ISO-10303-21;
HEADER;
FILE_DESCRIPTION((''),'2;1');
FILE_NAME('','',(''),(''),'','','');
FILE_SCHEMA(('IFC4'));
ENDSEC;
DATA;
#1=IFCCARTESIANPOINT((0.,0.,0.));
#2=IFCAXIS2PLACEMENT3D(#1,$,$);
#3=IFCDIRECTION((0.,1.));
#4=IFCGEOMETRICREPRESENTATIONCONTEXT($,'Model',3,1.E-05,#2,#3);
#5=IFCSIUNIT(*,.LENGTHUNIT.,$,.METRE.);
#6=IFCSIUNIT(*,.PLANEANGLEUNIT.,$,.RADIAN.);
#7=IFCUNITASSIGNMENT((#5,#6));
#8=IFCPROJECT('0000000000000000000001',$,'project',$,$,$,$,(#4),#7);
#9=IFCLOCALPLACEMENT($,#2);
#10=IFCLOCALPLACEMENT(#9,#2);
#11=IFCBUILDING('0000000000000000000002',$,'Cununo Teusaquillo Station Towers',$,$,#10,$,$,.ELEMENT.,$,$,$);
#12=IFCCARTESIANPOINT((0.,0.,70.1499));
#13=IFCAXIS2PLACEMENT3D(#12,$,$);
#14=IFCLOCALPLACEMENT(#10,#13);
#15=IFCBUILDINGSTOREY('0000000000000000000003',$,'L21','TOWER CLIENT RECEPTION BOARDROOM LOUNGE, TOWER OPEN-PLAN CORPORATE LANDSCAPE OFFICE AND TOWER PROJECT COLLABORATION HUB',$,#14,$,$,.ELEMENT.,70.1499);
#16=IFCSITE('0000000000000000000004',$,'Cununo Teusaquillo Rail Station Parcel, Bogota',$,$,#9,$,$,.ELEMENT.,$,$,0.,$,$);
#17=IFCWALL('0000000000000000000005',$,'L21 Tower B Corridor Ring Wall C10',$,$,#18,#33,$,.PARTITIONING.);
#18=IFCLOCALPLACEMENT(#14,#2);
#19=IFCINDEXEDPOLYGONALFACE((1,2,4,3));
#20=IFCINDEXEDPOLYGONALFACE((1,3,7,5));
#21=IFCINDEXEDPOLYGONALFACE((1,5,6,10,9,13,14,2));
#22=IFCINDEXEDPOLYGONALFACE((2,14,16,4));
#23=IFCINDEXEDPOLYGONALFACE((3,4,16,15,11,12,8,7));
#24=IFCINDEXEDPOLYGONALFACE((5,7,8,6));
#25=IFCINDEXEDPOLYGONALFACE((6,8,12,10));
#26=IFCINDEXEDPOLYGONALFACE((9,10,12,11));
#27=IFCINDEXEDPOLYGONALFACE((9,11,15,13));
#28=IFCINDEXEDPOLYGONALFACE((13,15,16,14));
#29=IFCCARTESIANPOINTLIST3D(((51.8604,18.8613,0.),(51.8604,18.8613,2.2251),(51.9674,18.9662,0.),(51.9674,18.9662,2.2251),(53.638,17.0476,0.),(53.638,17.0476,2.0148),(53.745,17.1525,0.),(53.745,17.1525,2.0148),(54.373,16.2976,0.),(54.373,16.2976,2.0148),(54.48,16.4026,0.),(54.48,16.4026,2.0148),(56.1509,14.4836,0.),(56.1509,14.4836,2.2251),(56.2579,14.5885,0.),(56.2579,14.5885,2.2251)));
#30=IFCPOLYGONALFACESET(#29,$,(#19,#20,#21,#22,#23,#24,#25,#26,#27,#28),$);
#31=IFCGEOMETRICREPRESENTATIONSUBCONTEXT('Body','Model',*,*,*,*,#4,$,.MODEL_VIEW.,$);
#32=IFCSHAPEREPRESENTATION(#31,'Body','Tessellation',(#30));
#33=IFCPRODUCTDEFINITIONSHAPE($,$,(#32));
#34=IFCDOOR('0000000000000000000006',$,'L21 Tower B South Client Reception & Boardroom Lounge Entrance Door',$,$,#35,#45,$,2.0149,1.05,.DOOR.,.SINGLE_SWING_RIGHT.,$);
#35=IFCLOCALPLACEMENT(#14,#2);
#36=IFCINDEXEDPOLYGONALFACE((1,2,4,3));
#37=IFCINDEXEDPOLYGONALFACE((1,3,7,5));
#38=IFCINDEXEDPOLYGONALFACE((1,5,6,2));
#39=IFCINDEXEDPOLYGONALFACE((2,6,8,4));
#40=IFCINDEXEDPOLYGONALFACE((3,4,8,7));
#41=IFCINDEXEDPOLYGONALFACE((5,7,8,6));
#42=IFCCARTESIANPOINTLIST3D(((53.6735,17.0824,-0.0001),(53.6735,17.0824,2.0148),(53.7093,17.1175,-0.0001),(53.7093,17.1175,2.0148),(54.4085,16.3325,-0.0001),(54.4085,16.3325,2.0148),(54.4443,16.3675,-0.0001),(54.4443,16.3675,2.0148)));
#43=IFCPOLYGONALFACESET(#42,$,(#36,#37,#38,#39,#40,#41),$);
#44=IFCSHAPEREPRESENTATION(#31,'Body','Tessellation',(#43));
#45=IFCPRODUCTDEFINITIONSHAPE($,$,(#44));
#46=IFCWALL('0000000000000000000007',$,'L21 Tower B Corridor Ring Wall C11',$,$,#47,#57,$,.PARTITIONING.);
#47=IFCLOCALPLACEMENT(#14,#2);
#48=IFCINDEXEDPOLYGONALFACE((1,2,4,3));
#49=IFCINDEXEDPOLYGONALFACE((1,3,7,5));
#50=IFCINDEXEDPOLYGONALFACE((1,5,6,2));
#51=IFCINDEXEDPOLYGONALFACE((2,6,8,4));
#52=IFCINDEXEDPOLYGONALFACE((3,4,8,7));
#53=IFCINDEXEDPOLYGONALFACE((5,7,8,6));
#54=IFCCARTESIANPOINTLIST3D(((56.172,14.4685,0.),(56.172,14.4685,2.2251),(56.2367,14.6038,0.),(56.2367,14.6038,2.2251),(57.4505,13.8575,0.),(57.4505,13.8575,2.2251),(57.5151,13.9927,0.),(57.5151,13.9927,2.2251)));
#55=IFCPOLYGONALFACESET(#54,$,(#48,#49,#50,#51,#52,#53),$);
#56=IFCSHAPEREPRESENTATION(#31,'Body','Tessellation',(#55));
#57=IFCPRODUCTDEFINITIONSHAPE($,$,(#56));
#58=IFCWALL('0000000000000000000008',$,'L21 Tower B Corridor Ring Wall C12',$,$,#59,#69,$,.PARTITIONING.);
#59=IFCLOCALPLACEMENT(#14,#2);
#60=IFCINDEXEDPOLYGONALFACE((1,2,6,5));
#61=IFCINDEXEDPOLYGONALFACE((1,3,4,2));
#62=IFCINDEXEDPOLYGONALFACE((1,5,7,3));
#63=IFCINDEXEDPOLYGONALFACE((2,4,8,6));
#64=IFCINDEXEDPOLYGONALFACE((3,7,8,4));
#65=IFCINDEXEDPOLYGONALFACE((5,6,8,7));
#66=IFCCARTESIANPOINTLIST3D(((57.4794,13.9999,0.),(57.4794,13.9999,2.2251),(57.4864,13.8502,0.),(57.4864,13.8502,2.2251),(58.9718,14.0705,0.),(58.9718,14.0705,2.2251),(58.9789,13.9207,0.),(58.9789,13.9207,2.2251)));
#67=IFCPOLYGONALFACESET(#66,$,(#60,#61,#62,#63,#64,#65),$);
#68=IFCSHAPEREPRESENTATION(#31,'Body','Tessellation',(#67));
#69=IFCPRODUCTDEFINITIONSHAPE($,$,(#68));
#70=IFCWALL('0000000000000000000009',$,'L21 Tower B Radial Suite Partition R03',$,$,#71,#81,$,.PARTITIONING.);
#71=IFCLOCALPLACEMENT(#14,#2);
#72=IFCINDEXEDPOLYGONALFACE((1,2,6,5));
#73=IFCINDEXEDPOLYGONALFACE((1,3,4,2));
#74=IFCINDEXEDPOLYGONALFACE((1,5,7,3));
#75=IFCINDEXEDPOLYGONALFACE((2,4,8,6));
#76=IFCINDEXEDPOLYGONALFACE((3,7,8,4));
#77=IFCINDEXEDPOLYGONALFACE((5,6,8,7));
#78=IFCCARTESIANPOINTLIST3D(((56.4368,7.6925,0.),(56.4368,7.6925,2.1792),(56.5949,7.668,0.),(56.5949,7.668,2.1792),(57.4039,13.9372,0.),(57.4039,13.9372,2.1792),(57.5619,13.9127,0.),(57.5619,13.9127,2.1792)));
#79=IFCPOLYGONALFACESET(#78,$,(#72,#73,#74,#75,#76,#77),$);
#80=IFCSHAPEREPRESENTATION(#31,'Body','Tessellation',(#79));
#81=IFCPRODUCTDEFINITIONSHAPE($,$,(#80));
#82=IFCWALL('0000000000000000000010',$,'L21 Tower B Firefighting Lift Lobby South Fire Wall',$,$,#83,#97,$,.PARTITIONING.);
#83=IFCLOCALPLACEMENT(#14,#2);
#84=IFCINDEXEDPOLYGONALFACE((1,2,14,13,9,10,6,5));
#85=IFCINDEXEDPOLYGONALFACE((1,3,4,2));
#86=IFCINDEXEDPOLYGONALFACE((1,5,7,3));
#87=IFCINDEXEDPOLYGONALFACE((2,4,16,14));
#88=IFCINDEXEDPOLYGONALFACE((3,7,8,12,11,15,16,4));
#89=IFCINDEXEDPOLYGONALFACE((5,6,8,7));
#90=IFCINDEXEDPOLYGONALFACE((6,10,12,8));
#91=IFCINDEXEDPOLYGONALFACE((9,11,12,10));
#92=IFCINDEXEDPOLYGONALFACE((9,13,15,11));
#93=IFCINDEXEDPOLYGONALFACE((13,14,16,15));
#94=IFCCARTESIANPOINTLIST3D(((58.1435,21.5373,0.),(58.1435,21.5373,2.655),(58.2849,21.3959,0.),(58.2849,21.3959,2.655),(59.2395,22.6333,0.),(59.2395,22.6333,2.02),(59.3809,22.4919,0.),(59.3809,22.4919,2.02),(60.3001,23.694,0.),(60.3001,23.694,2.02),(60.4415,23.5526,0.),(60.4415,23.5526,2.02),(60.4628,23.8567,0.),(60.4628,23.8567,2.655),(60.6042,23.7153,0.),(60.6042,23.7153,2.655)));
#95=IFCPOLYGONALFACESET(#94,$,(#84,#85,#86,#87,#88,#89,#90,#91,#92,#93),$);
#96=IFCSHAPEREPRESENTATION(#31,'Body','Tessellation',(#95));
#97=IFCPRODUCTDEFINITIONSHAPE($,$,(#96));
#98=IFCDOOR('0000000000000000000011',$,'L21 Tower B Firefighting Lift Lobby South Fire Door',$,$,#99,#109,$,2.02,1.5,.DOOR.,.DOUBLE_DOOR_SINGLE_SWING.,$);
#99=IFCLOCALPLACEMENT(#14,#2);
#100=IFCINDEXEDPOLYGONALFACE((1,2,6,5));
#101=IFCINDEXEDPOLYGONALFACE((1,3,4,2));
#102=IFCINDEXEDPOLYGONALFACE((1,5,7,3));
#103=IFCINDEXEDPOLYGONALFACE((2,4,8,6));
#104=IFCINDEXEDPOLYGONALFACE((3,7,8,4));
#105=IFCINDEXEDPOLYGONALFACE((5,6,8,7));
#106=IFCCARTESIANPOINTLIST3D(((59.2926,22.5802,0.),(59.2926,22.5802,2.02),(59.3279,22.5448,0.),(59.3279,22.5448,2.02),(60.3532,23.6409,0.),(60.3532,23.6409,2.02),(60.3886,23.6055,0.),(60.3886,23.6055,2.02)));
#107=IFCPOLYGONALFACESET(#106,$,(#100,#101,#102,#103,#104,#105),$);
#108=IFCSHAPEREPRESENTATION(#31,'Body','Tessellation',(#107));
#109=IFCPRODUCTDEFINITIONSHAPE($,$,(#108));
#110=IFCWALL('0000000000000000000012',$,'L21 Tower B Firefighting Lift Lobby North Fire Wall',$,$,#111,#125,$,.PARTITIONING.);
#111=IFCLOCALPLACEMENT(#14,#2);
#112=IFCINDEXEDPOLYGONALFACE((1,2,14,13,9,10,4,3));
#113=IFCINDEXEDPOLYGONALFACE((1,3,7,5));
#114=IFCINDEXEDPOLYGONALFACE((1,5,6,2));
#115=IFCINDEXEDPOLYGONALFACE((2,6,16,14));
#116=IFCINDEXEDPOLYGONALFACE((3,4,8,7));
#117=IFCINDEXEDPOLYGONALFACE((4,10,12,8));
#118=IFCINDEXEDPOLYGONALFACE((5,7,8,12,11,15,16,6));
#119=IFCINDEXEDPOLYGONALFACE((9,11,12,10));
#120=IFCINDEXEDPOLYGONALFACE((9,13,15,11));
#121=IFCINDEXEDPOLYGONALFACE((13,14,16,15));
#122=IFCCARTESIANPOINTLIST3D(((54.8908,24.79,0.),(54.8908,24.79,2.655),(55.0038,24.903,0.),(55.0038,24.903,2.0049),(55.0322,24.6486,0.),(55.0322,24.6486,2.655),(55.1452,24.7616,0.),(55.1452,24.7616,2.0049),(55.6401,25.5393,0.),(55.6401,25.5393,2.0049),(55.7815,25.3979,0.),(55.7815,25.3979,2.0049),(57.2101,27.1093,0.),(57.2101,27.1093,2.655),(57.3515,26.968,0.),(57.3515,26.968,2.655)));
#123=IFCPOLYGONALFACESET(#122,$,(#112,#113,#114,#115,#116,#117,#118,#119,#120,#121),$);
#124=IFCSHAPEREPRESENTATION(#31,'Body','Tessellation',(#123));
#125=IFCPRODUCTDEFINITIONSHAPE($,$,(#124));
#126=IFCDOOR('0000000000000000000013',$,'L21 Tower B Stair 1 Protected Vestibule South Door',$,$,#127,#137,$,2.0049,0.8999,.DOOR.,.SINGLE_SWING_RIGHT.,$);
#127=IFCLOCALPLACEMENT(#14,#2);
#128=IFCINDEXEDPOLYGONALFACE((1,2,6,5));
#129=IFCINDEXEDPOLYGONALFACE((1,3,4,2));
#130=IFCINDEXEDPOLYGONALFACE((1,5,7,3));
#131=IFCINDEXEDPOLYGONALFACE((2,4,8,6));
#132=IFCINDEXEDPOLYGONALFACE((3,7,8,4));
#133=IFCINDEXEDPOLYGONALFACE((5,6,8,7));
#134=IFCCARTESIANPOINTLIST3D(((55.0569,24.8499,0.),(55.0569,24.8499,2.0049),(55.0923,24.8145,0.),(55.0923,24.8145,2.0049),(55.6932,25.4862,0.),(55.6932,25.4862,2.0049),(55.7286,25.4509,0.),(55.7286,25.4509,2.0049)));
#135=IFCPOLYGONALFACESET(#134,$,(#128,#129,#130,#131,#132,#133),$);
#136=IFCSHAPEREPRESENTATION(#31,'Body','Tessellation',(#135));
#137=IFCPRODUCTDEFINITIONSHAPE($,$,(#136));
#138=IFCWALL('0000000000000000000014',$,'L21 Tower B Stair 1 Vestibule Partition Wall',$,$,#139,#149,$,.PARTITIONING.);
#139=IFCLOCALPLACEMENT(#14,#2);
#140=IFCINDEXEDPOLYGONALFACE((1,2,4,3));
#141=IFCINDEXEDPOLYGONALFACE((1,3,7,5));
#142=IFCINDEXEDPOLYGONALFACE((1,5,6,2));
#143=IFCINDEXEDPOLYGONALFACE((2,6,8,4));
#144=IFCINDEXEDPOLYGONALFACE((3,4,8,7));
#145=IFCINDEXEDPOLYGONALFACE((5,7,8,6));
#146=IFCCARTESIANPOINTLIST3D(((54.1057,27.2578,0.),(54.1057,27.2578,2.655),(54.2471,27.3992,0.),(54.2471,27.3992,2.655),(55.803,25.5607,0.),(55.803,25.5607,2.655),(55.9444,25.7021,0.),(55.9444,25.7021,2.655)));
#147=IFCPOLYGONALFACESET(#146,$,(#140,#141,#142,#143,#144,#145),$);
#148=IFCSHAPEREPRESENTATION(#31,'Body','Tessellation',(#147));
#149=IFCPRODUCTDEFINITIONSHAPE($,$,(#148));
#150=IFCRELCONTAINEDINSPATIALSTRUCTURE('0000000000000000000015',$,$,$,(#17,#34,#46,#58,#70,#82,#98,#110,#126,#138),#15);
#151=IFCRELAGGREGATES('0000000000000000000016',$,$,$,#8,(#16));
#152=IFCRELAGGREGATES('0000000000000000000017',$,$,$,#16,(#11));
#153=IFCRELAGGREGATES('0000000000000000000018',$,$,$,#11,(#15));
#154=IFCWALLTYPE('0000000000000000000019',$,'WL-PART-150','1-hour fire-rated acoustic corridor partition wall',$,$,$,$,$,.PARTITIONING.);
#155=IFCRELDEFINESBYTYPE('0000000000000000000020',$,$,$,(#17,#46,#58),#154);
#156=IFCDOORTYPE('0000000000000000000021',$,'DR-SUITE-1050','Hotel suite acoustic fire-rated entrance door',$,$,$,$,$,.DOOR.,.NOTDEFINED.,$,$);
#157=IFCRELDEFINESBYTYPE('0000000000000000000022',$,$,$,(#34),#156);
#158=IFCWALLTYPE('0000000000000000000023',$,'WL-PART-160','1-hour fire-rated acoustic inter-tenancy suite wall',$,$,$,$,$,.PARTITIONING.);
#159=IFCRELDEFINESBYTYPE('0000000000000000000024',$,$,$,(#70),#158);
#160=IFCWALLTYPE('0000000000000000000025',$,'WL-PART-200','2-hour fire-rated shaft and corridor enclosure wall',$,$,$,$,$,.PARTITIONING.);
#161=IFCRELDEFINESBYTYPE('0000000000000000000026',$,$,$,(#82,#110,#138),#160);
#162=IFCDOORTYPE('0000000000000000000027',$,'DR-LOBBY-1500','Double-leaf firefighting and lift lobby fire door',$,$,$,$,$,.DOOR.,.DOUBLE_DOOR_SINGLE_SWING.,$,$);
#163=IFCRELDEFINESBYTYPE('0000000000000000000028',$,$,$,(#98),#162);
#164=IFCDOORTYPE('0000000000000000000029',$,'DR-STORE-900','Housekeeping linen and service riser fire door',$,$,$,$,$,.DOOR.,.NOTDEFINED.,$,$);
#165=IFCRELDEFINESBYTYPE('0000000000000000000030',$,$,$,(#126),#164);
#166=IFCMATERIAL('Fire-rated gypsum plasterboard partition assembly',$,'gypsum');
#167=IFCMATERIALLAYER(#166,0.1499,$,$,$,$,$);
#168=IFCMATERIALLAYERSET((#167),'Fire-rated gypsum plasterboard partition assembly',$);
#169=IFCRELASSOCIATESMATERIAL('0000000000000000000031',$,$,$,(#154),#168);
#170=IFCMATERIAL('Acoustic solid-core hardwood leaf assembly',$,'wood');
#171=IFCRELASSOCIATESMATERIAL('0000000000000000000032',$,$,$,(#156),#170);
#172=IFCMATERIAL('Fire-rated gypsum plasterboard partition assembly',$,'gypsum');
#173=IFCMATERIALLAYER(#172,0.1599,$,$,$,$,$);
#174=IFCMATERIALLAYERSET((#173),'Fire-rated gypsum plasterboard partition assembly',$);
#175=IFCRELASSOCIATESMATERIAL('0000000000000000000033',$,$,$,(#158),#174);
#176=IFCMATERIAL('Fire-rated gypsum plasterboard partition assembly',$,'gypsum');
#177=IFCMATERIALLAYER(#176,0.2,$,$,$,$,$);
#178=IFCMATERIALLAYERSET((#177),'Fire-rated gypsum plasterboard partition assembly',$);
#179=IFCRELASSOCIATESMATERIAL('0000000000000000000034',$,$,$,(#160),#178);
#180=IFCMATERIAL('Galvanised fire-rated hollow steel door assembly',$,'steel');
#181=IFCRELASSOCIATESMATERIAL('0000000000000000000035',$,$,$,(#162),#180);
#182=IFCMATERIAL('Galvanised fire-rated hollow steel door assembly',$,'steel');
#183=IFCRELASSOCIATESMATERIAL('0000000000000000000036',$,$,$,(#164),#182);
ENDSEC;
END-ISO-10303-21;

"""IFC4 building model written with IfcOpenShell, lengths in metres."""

from ifc_helpers import new_model, si_unit, direction, frame, frame_2d, origin, place, context, subcontext, project, spatial, rectangle, extrude, source, transform, mapped, material, layer, layer_set, type_object, element, fill, save


model = new_model("IFC4")

# Units and contexts
model_context = context("Model", 3, precision=1e-05, world=origin(), true_north=direction((0.0, 1.0)))
body_context = subcontext(model_context, "Body", "Model", "MODEL_VIEW")
ifc_project = project(units=[si_unit("LENGTHUNIT", "METRE"), si_unit("PLANEANGLEUNIT", "RADIAN")], contexts=[model_context])

# Site, building, storey
site_placement = place(None, origin())
site = spatial("IfcSite", under=ifc_project, at=site_placement, Name="Cununo Teusaquillo Rail Station Parcel, Bogota", CompositionType="ELEMENT", RefElevation=0.0)
building_placement = place(site_placement, origin())
building = spatial("IfcBuilding", under=site, at=building_placement, Name="Cununo Teusaquillo Station Towers", CompositionType="ELEMENT")
storey_placement = place(building_placement, frame((0.0, 0.0, 70.1499)))
storey = spatial("IfcBuildingStorey", under=building, at=storey_placement, Name="L21", Description="TOWER CLIENT RECEPTION BOARDROOM LOUNGE, TOWER OPEN-PLAN CORPORATE LANDSCAPE OFFICE AND TOWER PROJECT COLLABORATION HUB", CompositionType="ELEMENT", Elevation=70.1499)

# Wall, opening, door
ifc_material_1 = material(Name="Fire-rated gypsum plasterboard partition assembly", Category="gypsum")
ifc_layer_1 = layer(ifc_material_1, 0.1499)
ifc_layer_set_1 = layer_set([ifc_layer_1], Name="Fire-rated gypsum plasterboard partition assembly")
wall_type_1 = type_object("IfcWallType", Name="WL-PART-150", Description="1-hour fire-rated acoustic corridor partition wall", PredefinedType="PARTITIONING", material=ifc_layer_set_1)
wall_1_placement = place(storey_placement, frame((51.9138, 18.9138, 0.0), z_axis=(0.0, 0.0, 1.0), x_axis=(0.699961, -0.714181, 0.0)))
wall_1 = element("IfcWall", 1, at=wall_1_placement, inside=storey, type_object=wall_type_1, Name="L21 Tower B Corridor Ring Wall C10", PredefinedType="PARTITIONING", context=body_context, shape_type="SweptSolid", body=[
    extrude(rectangle(XDim=6.1296, YDim=0.1499, at=frame_2d((3.0649, 0.0))), origin(), (0.0, 0.0, 1.0), 2.2251),
])
shared_shape_1 = source(origin(), body_context, "Body", "SweptSolid", [
    extrude(rectangle(XDim=1.05, YDim=2.0149, at=frame_2d((0.5249, 1.0073))), frame((0.0, 0.085, 0.0), z_axis=(0.0, -1.0, 0.0), x_axis=(1.0, 0.0, 0.0)), (0.0, 0.0, 1.0), 0.1699),
])
opening_1_placement = place(wall_1_placement, frame((2.5398, 0.0, 0.0)))
opening_1 = element("IfcOpeningElement", 2, at=opening_1_placement, cuts=wall_1, PredefinedType="OPENING", context=body_context, shape_type="MappedRepresentation", body=[
    mapped(shared_shape_1, transform((0.0, 0.0, 0.0), x_axis=(1.0, 0.0, 0.0), y_axis=(0.0, 1.0, 0.0), z_axis=(0.0, 0.0, 1.0), scale=1.0)),
])
ifc_material_2 = material(Name="Acoustic solid-core hardwood leaf assembly", Category="wood")
door_type_1 = type_object("IfcDoorType", Name="DR-SUITE-1050", Description="Hotel suite acoustic fire-rated entrance door", OperationType="NOTDEFINED", PredefinedType="DOOR", material=ifc_material_2)
shared_shape_2 = source(origin(), body_context, "Body", "SweptSolid", [
    extrude(rectangle(XDim=1.05, YDim=2.0149, at=frame_2d((0.5249, 1.0073))), frame((0.0, 0.0249, 0.0), z_axis=(0.0, -1.0, 0.0), x_axis=(1.0, 0.0, 0.0)), (0.0, 0.0, 1.0), 0.05),
])
door_1_placement = place(opening_1_placement, origin())
door_1 = element("IfcDoor", 3, at=door_1_placement, inside=storey, type_object=door_type_1, Name="L21 Tower B South Client Reception & Boardroom Lounge Entrance Door", OperationType="SINGLE_SWING_RIGHT", OverallHeight=2.0149, OverallWidth=1.05, PredefinedType="DOOR", context=body_context, shape_type="MappedRepresentation", body=[
    mapped(shared_shape_2, transform((0.0, 0.0, 0.0), x_axis=(1.0, 0.0, 0.0), y_axis=(0.0, 1.0, 0.0), z_axis=(0.0, 0.0, 1.0), scale=1.0)),
])
fill(opening_1, door_1)

# Walls
wall_2_placement = place(storey_placement, frame((56.2043, 14.5361, 0.0), z_axis=(0.0, 0.0, 1.0), x_axis=(0.902245, -0.431224, 0.0)))
element("IfcWall", 4, at=wall_2_placement, inside=storey, type_object=wall_type_1, Name="L21 Tower B Corridor Ring Wall C11", PredefinedType="PARTITIONING", context=body_context, shape_type="SweptSolid", body=[
    extrude(rectangle(XDim=1.417, YDim=0.1499, at=frame_2d((0.7085, 0.0))), origin(), (0.0, 0.0, 1.0), 2.2251),
])
wall_3_placement = place(storey_placement, frame((57.4829, 13.925, 0.0), z_axis=(0.0, 0.0, 1.0), x_axis=(0.998884, 0.047224, 0.0)))
element("IfcWall", 5, at=wall_3_placement, inside=storey, type_object=wall_type_1, Name="L21 Tower B Corridor Ring Wall C12", PredefinedType="PARTITIONING", context=body_context, shape_type="SweptSolid", body=[
    extrude(rectangle(XDim=1.4941, YDim=0.1499, at=frame_2d((0.7471, 0.0))), origin(), (0.0, 0.0, 1.0), 2.2251),
])
ifc_material_3 = material(Name="Fire-rated gypsum plasterboard partition assembly", Category="gypsum")
ifc_layer_2 = layer(ifc_material_3, 0.1599)
ifc_layer_set_2 = layer_set([ifc_layer_2], Name="Fire-rated gypsum plasterboard partition assembly")
wall_type_2 = type_object("IfcWallType", Name="WL-PART-160", Description="1-hour fire-rated acoustic inter-tenancy suite wall", PredefinedType="PARTITIONING", material=ifc_layer_set_2)
wall_4_placement = place(storey_placement, frame((57.4829, 13.925, 0.0), z_axis=(0.0, 0.0, 1.0), x_axis=(-0.153036, -0.988221, 0.0)))
element("IfcWall", 6, at=wall_4_placement, inside=storey, type_object=wall_type_2, Name="L21 Tower B Radial Suite Partition R03", PredefinedType="PARTITIONING", context=body_context, shape_type="SweptSolid", body=[
    extrude(rectangle(XDim=6.3191, YDim=0.1599, at=frame_2d((3.1597, 0.0))), origin(), (0.0, 0.0, 1.0), 2.1792),
])

# Walls, openings, doors
ifc_material_4 = material(Name="Fire-rated gypsum plasterboard partition assembly", Category="gypsum")
ifc_layer_3 = layer(ifc_material_4, 0.2)
ifc_layer_set_3 = layer_set([ifc_layer_3], Name="Fire-rated gypsum plasterboard partition assembly")
wall_type_3 = type_object("IfcWallType", Name="WL-PART-200", Description="2-hour fire-rated shaft and corridor enclosure wall", PredefinedType="PARTITIONING", material=ifc_layer_set_3)
wall_5_placement = place(storey_placement, frame((58.2141, 21.4666, 0.0), z_axis=(0.0, 0.0, 1.0), x_axis=(0.707107, 0.707107, 0.0)))
wall_5 = element("IfcWall", 7, at=wall_5_placement, inside=storey, type_object=wall_type_3, Name="L21 Tower B Firefighting Lift Lobby South Fire Wall", PredefinedType="PARTITIONING", context=body_context, shape_type="SweptSolid", body=[
    extrude(rectangle(XDim=3.28, YDim=0.2, at=frame_2d((1.6401, 0.0))), origin(), (0.0, 0.0, 1.0), 2.655),
])
shared_shape_3 = source(origin(), body_context, "Body", "SweptSolid", [
    extrude(rectangle(XDim=1.5, YDim=2.02, at=frame_2d((0.75, 1.01))), frame((0.0, 0.1099, 0.0), z_axis=(0.0, -1.0, 0.0), x_axis=(1.0, 0.0, 0.0)), (0.0, 0.0, 1.0), 0.22),
])
opening_2_placement = place(wall_5_placement, frame((1.55, 0.0, 0.0)))
opening_2 = element("IfcOpeningElement", 8, at=opening_2_placement, cuts=wall_5, PredefinedType="OPENING", context=body_context, shape_type="MappedRepresentation", body=[
    mapped(shared_shape_3, transform((0.0, 0.0, 0.0), x_axis=(1.0, 0.0, 0.0), y_axis=(0.0, 1.0, 0.0), z_axis=(0.0, 0.0, 1.0), scale=1.0)),
])
ifc_material_5 = material(Name="Galvanised fire-rated hollow steel door assembly", Category="steel")
door_type_2 = type_object("IfcDoorType", Name="DR-LOBBY-1500", Description="Double-leaf firefighting and lift lobby fire door", OperationType="DOUBLE_DOOR_SINGLE_SWING", PredefinedType="DOOR", material=ifc_material_5)
shared_shape_4 = source(origin(), body_context, "Body", "SweptSolid", [
    extrude(rectangle(XDim=1.5, YDim=2.02, at=frame_2d((0.75, 1.01))), frame((0.0, 0.0249, 0.0), z_axis=(0.0, -1.0, 0.0), x_axis=(1.0, 0.0, 0.0)), (0.0, 0.0, 1.0), 0.05),
])
door_2_placement = place(opening_2_placement, origin())
door_2 = element("IfcDoor", 9, at=door_2_placement, inside=storey, type_object=door_type_2, Name="L21 Tower B Firefighting Lift Lobby South Fire Door", OperationType="DOUBLE_DOOR_SINGLE_SWING", OverallHeight=2.02, OverallWidth=1.5, PredefinedType="DOOR", context=body_context, shape_type="MappedRepresentation", body=[
    mapped(shared_shape_4, transform((0.0, 0.0, 0.0), x_axis=(1.0, 0.0, 0.0), y_axis=(0.0, 1.0, 0.0), z_axis=(0.0, 0.0, 1.0), scale=1.0)),
])
fill(opening_2, door_2)
wall_6_placement = place(storey_placement, frame((54.9614, 24.7192, 0.0), z_axis=(0.0, 0.0, 1.0), x_axis=(0.707107, 0.707107, 0.0)))
wall_6 = element("IfcWall", 10, at=wall_6_placement, inside=storey, type_object=wall_type_3, Name="L21 Tower B Firefighting Lift Lobby North Fire Wall", PredefinedType="PARTITIONING", context=body_context, shape_type="SweptSolid", body=[
    extrude(rectangle(XDim=3.28, YDim=0.2, at=frame_2d((1.6401, 0.0))), origin(), (0.0, 0.0, 1.0), 2.655),
])
shared_shape_5 = source(origin(), body_context, "Body", "SweptSolid", [
    extrude(rectangle(XDim=0.8999, YDim=2.0049, at=frame_2d((0.45, 1.0024))), frame((0.0, 0.1099, 0.0), z_axis=(0.0, -1.0, 0.0), x_axis=(1.0, 0.0, 0.0)), (0.0, 0.0, 1.0), 0.22),
])
opening_3_placement = place(wall_6_placement, frame((0.1599, 0.0, 0.0)))
opening_3 = element("IfcOpeningElement", 11, at=opening_3_placement, cuts=wall_6, PredefinedType="OPENING", context=body_context, shape_type="MappedRepresentation", body=[
    mapped(shared_shape_5, transform((0.0, 0.0, 0.0), x_axis=(1.0, 0.0, 0.0), y_axis=(0.0, 1.0, 0.0), z_axis=(0.0, 0.0, 1.0), scale=1.0)),
])
ifc_material_6 = material(Name="Galvanised fire-rated hollow steel door assembly", Category="steel")
door_type_3 = type_object("IfcDoorType", Name="DR-STORE-900", Description="Housekeeping linen and service riser fire door", OperationType="NOTDEFINED", PredefinedType="DOOR", material=ifc_material_6)
shared_shape_6 = source(origin(), body_context, "Body", "SweptSolid", [
    extrude(rectangle(XDim=0.8999, YDim=2.0049, at=frame_2d((0.45, 1.0024))), frame((0.0, 0.0249, 0.0), z_axis=(0.0, -1.0, 0.0), x_axis=(1.0, 0.0, 0.0)), (0.0, 0.0, 1.0), 0.05),
])
door_3_placement = place(opening_3_placement, origin())
door_3 = element("IfcDoor", 12, at=door_3_placement, inside=storey, type_object=door_type_3, Name="L21 Tower B Stair 1 Protected Vestibule South Door", OperationType="SINGLE_SWING_RIGHT", OverallHeight=2.0049, OverallWidth=0.8999, PredefinedType="DOOR", context=body_context, shape_type="MappedRepresentation", body=[
    mapped(shared_shape_6, transform((0.0, 0.0, 0.0), x_axis=(1.0, 0.0, 0.0), y_axis=(0.0, 1.0, 0.0), z_axis=(0.0, 0.0, 1.0), scale=1.0)),
])
fill(opening_3, door_3)

# Wall
wall_7_placement = place(storey_placement, frame((55.8738, 25.6313, 0.0), z_axis=(0.0, 0.0, 1.0), x_axis=(-0.707158, 0.707056, 0.0)))
element("IfcWall", 13, at=wall_7_placement, inside=storey, type_object=wall_type_3, Name="L21 Tower B Stair 1 Vestibule Partition Wall", PredefinedType="PARTITIONING", context=body_context, shape_type="SweptSolid", body=[
    extrude(rectangle(XDim=2.4001, YDim=0.2, at=frame_2d((1.2002, 0.0))), origin(), (0.0, 0.0, 1.0), 2.655),
])

save(model, "model.ifc")
